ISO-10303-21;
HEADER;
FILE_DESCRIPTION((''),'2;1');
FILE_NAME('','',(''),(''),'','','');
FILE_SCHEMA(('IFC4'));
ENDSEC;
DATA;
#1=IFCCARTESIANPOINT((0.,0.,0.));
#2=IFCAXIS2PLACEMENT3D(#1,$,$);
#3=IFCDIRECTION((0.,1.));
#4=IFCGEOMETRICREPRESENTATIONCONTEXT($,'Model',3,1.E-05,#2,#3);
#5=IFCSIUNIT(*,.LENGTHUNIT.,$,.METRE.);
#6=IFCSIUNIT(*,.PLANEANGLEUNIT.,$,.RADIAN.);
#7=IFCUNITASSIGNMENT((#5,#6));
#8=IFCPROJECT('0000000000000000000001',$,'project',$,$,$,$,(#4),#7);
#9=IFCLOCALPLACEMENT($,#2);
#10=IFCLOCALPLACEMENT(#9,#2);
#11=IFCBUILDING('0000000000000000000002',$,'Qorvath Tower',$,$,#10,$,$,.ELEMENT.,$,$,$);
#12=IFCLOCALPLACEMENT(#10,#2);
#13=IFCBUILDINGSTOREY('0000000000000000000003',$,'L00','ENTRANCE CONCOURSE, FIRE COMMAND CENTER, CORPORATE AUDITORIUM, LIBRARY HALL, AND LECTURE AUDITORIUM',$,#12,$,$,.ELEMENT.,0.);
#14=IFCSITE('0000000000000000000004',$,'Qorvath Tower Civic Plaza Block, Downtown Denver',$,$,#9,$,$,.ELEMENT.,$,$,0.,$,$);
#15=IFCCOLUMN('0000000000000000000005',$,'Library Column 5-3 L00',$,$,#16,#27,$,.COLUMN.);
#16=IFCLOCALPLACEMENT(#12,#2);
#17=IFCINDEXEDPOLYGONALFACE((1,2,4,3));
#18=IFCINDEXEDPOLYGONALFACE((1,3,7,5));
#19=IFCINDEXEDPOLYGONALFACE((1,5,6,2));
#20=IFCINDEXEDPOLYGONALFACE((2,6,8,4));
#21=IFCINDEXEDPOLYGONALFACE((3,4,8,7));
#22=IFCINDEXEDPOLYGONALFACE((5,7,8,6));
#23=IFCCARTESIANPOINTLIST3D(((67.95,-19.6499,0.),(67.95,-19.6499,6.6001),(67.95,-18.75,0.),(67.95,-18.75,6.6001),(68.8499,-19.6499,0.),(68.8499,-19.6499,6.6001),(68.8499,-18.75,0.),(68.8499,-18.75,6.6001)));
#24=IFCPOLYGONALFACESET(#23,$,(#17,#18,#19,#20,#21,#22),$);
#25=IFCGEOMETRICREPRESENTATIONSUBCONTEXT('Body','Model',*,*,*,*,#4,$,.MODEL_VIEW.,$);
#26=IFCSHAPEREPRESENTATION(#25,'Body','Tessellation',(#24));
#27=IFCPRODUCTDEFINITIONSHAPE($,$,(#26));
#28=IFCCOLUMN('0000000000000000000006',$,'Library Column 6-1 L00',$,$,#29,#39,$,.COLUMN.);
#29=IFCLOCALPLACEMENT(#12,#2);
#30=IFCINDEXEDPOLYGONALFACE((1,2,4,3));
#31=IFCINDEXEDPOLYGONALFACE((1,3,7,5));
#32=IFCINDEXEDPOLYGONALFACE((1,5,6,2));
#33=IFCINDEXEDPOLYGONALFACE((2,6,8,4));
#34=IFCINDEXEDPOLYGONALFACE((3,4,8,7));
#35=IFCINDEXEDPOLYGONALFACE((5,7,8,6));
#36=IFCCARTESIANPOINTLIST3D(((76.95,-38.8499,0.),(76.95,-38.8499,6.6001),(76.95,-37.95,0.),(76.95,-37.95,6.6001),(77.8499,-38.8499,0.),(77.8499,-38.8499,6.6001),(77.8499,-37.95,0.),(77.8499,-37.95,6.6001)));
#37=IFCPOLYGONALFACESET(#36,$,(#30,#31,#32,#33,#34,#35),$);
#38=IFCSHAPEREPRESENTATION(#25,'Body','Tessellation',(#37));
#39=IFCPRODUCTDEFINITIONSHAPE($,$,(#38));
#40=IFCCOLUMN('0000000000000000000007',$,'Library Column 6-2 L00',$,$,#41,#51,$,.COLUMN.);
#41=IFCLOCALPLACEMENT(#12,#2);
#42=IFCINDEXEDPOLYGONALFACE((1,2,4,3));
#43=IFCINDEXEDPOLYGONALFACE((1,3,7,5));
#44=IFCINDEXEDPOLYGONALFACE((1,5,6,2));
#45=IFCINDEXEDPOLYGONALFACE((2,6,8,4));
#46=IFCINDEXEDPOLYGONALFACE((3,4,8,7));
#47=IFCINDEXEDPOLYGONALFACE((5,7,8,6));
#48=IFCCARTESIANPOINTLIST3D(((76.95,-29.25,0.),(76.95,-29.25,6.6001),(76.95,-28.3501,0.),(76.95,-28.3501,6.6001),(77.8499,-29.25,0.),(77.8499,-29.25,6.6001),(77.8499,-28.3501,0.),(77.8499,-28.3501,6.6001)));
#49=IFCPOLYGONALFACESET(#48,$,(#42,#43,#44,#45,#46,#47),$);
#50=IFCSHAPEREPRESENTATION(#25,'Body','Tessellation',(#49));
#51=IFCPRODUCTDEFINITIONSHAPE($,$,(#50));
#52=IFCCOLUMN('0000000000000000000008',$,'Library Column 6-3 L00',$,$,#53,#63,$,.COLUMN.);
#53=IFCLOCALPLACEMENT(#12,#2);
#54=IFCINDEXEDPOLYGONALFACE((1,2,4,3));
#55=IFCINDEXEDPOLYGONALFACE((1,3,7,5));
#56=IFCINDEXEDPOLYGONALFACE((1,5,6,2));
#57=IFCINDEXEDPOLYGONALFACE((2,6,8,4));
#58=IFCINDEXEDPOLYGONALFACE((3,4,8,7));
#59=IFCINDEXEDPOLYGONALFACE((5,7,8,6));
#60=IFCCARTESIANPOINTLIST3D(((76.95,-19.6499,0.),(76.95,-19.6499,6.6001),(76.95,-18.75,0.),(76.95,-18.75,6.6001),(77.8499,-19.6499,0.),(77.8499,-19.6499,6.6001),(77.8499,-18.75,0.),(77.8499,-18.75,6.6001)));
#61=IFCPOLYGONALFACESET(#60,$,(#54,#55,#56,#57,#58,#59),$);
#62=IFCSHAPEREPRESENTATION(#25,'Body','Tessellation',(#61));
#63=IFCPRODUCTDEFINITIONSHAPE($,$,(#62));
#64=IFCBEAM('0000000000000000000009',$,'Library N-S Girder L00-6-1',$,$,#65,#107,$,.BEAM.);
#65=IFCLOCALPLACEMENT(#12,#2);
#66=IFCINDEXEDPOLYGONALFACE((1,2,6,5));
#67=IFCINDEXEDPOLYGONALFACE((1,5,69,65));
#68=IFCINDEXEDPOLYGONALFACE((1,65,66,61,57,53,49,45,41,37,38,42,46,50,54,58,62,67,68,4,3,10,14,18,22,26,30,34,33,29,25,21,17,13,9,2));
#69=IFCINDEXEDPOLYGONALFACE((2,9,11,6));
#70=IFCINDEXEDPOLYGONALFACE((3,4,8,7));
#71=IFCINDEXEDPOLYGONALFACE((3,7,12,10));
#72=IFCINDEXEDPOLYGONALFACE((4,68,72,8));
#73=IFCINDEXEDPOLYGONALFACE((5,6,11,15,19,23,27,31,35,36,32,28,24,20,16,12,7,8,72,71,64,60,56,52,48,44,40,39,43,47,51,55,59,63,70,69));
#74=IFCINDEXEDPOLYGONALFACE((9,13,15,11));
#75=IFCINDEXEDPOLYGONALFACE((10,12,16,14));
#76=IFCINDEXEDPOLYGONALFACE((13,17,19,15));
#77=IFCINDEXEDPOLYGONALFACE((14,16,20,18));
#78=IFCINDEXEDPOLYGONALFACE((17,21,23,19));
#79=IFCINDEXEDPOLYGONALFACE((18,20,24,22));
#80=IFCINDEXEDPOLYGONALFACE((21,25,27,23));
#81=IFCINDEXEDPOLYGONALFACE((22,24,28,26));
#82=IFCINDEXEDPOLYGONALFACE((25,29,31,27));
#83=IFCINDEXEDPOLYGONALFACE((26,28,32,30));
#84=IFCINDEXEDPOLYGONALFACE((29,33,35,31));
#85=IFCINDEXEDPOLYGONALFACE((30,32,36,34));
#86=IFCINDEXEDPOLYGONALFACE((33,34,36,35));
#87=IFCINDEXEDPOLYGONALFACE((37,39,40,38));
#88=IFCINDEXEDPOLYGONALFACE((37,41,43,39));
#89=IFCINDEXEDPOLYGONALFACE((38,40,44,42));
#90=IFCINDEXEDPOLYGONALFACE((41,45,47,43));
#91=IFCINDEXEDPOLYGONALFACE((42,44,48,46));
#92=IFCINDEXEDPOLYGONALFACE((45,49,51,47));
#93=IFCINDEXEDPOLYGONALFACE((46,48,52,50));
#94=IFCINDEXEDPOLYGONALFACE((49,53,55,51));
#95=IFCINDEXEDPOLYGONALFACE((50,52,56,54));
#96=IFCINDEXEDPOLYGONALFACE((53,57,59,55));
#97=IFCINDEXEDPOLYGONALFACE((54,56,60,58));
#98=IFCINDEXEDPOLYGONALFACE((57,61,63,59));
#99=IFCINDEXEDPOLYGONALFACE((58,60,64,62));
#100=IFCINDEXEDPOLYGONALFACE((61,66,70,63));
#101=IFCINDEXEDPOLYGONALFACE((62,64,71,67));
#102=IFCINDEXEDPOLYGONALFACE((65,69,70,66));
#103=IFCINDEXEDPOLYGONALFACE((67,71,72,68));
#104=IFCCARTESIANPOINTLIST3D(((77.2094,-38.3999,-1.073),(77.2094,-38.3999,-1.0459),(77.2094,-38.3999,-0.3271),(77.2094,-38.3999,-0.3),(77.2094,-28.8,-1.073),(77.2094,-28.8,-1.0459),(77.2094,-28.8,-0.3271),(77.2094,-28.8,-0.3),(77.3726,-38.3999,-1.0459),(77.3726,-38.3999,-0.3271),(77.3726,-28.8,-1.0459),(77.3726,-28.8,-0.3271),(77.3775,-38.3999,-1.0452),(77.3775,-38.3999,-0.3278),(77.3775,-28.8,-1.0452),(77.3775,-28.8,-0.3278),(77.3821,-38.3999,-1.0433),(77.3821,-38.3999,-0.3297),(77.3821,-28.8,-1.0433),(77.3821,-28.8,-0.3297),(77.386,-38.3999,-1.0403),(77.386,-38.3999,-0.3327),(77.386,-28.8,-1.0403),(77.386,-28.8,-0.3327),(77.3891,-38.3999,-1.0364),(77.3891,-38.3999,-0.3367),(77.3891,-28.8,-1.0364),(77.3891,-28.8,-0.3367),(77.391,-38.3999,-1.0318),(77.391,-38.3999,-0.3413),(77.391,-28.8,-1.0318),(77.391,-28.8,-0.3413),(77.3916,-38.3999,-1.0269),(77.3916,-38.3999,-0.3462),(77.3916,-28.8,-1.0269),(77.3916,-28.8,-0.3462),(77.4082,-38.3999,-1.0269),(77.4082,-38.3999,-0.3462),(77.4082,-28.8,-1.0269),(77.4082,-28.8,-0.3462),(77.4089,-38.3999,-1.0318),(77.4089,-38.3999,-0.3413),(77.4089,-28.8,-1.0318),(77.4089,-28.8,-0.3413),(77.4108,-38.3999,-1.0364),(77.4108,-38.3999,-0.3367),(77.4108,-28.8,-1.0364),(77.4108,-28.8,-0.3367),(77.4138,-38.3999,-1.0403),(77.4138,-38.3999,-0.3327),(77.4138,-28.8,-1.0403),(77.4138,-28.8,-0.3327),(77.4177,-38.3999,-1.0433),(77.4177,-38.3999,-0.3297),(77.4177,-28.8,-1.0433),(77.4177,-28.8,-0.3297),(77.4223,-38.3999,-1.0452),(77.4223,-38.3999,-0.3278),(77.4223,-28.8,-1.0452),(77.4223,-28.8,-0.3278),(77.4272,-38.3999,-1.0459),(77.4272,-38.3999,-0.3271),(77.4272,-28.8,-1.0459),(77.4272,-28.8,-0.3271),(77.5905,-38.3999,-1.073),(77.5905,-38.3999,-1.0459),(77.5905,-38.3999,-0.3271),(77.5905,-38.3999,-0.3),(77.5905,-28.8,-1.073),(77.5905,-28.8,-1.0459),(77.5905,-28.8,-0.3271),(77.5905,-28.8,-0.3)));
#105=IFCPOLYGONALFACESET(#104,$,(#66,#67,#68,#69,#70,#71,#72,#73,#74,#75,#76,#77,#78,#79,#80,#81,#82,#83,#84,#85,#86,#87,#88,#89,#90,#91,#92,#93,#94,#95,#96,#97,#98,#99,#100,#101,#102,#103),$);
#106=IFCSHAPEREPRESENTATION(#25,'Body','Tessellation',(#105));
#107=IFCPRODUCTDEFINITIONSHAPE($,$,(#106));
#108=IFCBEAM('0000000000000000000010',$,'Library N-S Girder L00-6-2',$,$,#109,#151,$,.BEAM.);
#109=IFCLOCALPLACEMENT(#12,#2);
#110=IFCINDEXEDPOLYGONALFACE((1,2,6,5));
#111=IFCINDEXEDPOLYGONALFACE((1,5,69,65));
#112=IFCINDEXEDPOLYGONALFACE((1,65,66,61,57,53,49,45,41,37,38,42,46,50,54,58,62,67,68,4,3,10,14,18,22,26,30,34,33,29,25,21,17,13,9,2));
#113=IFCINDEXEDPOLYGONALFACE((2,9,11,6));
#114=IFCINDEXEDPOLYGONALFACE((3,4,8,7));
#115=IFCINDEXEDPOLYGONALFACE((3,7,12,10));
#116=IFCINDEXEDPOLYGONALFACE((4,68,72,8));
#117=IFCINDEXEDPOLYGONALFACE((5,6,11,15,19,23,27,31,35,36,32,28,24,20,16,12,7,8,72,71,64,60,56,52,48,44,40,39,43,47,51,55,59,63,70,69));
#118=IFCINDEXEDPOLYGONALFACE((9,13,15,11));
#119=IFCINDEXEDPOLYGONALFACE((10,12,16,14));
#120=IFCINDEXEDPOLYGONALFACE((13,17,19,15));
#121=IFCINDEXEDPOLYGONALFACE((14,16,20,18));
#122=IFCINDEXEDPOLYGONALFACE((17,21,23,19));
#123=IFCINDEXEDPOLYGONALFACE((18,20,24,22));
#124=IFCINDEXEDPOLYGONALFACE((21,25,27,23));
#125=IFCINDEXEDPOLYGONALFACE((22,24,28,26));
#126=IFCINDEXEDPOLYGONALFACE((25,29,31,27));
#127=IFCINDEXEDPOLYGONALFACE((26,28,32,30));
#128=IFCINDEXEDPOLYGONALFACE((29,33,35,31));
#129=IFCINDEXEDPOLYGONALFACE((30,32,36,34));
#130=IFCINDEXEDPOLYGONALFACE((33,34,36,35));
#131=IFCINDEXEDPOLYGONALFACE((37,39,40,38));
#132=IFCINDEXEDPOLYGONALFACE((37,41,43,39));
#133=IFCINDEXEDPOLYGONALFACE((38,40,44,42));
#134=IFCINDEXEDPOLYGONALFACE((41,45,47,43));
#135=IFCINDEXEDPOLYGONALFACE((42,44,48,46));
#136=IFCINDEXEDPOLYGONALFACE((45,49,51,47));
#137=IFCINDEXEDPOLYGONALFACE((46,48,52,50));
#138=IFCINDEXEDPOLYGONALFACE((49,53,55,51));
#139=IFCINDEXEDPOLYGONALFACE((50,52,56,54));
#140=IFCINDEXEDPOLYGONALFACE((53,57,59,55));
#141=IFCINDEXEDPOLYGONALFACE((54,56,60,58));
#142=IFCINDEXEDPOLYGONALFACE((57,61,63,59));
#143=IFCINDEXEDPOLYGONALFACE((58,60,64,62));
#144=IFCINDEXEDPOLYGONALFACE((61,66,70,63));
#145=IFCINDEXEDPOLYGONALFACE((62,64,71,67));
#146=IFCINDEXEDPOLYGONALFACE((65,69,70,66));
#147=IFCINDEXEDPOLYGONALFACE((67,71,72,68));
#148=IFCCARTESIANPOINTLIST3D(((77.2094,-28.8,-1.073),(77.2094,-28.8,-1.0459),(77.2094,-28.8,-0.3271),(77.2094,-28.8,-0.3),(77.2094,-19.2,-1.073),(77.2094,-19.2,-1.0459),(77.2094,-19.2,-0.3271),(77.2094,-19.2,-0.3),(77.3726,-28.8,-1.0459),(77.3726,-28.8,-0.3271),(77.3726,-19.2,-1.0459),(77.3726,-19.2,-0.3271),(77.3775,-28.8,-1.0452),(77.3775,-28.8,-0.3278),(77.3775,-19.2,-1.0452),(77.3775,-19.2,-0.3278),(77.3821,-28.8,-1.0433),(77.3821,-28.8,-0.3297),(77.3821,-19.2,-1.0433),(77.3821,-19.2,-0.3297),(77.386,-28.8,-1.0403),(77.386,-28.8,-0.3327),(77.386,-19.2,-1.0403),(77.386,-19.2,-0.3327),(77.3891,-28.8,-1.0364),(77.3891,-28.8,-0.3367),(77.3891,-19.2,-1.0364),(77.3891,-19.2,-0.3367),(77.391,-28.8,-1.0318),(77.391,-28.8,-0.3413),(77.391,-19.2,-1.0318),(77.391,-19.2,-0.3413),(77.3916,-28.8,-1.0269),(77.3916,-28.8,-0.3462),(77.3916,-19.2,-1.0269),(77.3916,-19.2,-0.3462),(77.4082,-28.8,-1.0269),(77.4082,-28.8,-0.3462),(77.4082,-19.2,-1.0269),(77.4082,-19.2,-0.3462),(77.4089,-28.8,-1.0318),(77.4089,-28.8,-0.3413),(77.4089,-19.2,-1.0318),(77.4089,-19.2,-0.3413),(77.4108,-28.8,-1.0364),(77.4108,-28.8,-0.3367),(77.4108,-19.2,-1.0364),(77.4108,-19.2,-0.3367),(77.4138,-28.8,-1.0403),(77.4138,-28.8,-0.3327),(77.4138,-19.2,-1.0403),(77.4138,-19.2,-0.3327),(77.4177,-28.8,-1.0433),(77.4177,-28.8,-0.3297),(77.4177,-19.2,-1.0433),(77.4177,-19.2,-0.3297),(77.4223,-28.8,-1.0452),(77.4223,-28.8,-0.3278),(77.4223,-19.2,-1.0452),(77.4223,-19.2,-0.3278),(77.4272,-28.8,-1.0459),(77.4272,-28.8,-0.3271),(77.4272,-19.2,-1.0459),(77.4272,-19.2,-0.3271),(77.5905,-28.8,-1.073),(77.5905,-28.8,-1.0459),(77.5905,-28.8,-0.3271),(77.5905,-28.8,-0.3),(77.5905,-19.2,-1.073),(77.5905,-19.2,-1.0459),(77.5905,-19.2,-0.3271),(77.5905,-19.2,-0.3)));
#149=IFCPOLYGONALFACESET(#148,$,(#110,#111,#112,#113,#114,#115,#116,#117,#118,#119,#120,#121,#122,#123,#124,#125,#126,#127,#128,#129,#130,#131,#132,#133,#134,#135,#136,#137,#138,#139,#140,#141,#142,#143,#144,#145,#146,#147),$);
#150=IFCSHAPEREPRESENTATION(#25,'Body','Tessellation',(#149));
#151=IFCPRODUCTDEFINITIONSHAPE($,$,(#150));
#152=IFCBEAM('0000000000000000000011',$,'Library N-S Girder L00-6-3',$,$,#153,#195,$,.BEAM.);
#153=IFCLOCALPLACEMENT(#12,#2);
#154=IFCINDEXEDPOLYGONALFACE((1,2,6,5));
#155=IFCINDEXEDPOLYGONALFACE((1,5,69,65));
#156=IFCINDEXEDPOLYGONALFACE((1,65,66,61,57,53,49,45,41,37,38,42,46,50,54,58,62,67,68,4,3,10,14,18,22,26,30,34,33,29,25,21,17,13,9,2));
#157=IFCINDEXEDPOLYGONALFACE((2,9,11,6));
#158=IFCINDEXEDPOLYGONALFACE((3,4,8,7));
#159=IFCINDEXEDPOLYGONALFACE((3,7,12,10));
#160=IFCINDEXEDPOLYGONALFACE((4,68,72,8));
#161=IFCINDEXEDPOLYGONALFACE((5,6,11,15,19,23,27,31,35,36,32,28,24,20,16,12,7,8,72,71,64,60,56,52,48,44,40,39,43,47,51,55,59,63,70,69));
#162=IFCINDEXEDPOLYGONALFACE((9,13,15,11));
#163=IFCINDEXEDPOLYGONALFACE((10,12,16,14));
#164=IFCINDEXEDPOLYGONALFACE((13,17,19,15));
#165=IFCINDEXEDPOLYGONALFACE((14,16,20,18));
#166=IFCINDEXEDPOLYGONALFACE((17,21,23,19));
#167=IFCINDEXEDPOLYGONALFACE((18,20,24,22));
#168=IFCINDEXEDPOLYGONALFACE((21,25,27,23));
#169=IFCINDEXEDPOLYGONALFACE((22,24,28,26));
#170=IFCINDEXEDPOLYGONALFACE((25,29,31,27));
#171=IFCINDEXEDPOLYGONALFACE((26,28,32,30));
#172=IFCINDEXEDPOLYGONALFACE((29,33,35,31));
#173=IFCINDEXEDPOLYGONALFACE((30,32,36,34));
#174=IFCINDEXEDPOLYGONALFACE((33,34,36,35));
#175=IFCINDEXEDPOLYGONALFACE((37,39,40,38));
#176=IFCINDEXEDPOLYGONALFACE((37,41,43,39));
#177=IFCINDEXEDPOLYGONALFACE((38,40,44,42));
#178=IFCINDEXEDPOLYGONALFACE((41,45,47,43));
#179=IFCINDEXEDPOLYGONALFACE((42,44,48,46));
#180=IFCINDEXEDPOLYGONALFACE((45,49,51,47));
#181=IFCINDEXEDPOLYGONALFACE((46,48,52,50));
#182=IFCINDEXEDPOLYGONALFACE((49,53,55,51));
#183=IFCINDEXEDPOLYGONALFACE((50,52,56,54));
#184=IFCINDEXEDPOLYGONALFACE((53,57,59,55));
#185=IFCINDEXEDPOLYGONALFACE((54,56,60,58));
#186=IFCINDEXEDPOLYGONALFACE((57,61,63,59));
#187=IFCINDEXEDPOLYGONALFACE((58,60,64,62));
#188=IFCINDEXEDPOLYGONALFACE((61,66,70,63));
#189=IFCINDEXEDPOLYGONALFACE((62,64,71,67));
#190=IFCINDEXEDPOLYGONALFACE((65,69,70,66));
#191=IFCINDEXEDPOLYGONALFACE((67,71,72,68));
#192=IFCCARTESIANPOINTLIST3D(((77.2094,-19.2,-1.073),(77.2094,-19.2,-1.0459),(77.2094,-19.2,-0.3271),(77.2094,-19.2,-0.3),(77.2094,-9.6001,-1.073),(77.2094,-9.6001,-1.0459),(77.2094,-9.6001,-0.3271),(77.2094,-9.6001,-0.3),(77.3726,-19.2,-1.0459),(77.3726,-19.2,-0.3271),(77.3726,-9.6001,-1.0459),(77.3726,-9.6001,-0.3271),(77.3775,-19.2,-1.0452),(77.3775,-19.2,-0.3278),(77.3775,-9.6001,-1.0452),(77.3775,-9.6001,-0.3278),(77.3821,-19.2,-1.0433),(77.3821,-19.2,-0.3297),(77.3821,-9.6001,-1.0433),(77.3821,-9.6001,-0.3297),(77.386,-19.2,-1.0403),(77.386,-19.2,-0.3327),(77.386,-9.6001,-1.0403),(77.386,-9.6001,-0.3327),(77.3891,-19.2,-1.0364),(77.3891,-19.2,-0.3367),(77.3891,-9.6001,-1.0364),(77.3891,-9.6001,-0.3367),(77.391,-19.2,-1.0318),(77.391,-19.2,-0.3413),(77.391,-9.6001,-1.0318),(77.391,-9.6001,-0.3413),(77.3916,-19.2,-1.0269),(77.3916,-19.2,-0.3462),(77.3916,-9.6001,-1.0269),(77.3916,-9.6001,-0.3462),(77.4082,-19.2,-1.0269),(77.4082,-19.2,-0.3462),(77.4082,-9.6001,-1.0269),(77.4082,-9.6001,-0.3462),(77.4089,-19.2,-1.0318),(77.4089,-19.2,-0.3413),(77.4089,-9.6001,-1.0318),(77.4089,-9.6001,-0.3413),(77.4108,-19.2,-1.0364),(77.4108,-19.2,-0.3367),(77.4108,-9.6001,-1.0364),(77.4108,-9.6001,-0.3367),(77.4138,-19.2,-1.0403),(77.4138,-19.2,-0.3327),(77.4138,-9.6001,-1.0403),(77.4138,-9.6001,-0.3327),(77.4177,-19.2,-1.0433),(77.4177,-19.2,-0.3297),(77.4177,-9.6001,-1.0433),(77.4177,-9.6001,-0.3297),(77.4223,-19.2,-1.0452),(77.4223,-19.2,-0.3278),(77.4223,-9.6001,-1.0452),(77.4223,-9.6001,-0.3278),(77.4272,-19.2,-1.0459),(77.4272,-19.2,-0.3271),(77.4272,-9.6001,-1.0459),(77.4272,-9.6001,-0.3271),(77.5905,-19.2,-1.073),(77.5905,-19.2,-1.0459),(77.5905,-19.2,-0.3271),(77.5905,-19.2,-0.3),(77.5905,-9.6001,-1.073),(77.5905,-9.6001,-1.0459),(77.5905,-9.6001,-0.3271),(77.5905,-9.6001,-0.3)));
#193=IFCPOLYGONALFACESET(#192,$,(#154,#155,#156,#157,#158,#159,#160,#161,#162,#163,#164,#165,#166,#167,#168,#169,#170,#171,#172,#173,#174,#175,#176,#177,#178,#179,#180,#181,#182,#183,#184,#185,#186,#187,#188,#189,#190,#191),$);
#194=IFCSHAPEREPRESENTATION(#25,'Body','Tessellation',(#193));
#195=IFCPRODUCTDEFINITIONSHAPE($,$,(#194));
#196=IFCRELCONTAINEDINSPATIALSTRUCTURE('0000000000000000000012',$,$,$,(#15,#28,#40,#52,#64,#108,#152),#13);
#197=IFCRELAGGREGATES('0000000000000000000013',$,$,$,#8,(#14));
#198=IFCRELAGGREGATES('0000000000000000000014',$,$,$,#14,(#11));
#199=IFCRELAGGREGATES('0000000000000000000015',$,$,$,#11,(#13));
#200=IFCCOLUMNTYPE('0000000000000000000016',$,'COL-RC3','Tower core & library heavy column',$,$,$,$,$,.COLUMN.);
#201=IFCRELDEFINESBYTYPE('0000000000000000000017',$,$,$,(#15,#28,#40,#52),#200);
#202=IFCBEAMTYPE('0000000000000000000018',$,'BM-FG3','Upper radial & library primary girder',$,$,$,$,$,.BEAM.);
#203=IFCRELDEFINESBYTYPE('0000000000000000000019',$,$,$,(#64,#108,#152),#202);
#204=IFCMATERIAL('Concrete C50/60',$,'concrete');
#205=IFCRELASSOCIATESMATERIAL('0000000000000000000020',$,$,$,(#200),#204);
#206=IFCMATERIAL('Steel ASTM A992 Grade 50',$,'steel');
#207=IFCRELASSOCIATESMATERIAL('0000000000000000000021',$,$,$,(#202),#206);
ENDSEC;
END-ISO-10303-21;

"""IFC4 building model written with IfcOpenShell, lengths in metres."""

from ifc_helpers import new_model, si_unit, direction, frame, origin, origin_2d, place, context, subcontext, project, spatial, rectangle, i_section, extrude, material, material_profile, profile_set, type_object, element, save


model = new_model("IFC4")

# Units and contexts
model_context = context("Model", 3, precision=1e-05, world=origin(), true_north=direction((0.0, 1.0)))
body_context = subcontext(model_context, "Body", "Model", "MODEL_VIEW")
ifc_project = project(units=[si_unit("LENGTHUNIT", "METRE"), si_unit("PLANEANGLEUNIT", "RADIAN")], contexts=[model_context])

# Site, building, storey
site_placement = place(None, origin())
site = spatial("IfcSite", under=ifc_project, at=site_placement, Name="Qorvath Tower Civic Plaza Block, Downtown Denver", CompositionType="ELEMENT", RefElevation=0.0)
building_placement = place(site_placement, origin())
building = spatial("IfcBuilding", under=site, at=building_placement, Name="Qorvath Tower", CompositionType="ELEMENT")
storey_placement = place(building_placement, origin())
storey = spatial("IfcBuildingStorey", under=building, at=storey_placement, Name="L00", Description="ENTRANCE CONCOURSE, FIRE COMMAND CENTER, CORPORATE AUDITORIUM, LIBRARY HALL, AND LECTURE AUDITORIUM", CompositionType="ELEMENT", Elevation=0.0)

# Columns
ifc_material_1 = material(Name="Concrete C50/60", Category="concrete")
ifc_material_profile_1 = material_profile(ifc_material_1, rectangle(XDim=0.8999, YDim=0.8999, at=origin_2d()), Name="RC 900x900")
ifc_profile_set_1 = profile_set([ifc_material_profile_1], Name="Concrete C50/60")
column_type = type_object("IfcColumnType", Name="COL-RC3", Description="Tower core & library heavy column", PredefinedType="COLUMN", material=ifc_profile_set_1)
for number, where, z_axis, x_axis, name in (
    (1, (68.3999, -19.2, 0.0), (0.0, 0.0, 1.0), (1.0, 0.0, 0.0), "Library Column 5-3 L00"),
    (2, (77.3999, -38.3999, 0.0), (0.0, 0.0, 1.0), (1.0, 0.0, 0.0), "Library Column 6-1 L00"),
    (3, (77.3999, -28.8, 0.0), (0.0, 0.0, 1.0), (1.0, 0.0, 0.0), "Library Column 6-2 L00"),
    (4, (77.3999, -19.2, 0.0), (0.0, 0.0, 1.0), (1.0, 0.0, 0.0), "Library Column 6-3 L00"),
):
    element("IfcColumn", number, at=place(storey_placement, frame(where, z_axis=z_axis, x_axis=x_axis)), inside=storey, type_object=column_type, Name=name, PredefinedType="COLUMN", context=body_context, shape_type="SweptSolid", body=[
        extrude(rectangle(XDim=0.8999, YDim=0.8999, at=origin_2d()), origin(), (0.0, 0.0, 1.0), 6.6001),
    ])

# Beams
ifc_material_2 = material(Name="Steel ASTM A992 Grade 50", Category="steel")
ifc_material_profile_2 = material_profile(ifc_material_2, i_section(OverallWidth=0.3811, OverallDepth=0.7729, WebThickness=0.0166, FlangeThickness=0.0271, FilletRadius=0.019, at=origin_2d()), Name="W30x173")
ifc_profile_set_2 = profile_set([ifc_material_profile_2], Name="Steel ASTM A992 Grade 50")
beam_type_1 = type_object("IfcBeamType", Name="BM-FG3", Description="Upper radial & library primary girder", PredefinedType="BEAM", material=ifc_profile_set_2)
beam_1_placement = place(storey_placement, frame((77.3999, -38.3999, -0.6865), z_axis=(0.0, 1.0, 0.0), x_axis=(-1.0, 0.0, 0.0)))
element("IfcBeam", 5, at=beam_1_placement, inside=storey, type_object=beam_type_1, Name="Library N-S Girder L00-6-1", PredefinedType="BEAM", context=body_context, shape_type="SweptSolid", body=[
    extrude(i_section(OverallWidth=0.3811, OverallDepth=0.7729, WebThickness=0.0166, FlangeThickness=0.0271, FilletRadius=0.019, at=origin_2d()), origin(), (0.0, 0.0, 1.0), 9.5999),
])
beam_2_placement = place(storey_placement, frame((77.3999, -28.8, -0.6865), z_axis=(0.0, 1.0, 0.0), x_axis=(-1.0, 0.0, 0.0)))
element("IfcBeam", 6, at=beam_2_placement, inside=storey, type_object=beam_type_1, Name="Library N-S Girder L00-6-2", PredefinedType="BEAM", context=body_context, shape_type="SweptSolid", body=[
    extrude(i_section(OverallWidth=0.3811, OverallDepth=0.7729, WebThickness=0.0166, FlangeThickness=0.0271, FilletRadius=0.019, at=origin_2d()), origin(), (0.0, 0.0, 1.0), 9.6001),
])
beam_3_placement = place(storey_placement, frame((77.3999, -19.2, -0.6865), z_axis=(0.0, 1.0, 0.0), x_axis=(-1.0, 0.0, 0.0)))
element("IfcBeam", 7, at=beam_3_placement, inside=storey, type_object=beam_type_1, Name="Library N-S Girder L00-6-3", PredefinedType="BEAM", context=body_context, shape_type="SweptSolid", body=[
    extrude(i_section(OverallWidth=0.3811, OverallDepth=0.7729, WebThickness=0.0166, FlangeThickness=0.0271, FilletRadius=0.019, at=origin_2d()), origin(), (0.0, 0.0, 1.0), 9.5999),
])

save(model, "model.ifc")
